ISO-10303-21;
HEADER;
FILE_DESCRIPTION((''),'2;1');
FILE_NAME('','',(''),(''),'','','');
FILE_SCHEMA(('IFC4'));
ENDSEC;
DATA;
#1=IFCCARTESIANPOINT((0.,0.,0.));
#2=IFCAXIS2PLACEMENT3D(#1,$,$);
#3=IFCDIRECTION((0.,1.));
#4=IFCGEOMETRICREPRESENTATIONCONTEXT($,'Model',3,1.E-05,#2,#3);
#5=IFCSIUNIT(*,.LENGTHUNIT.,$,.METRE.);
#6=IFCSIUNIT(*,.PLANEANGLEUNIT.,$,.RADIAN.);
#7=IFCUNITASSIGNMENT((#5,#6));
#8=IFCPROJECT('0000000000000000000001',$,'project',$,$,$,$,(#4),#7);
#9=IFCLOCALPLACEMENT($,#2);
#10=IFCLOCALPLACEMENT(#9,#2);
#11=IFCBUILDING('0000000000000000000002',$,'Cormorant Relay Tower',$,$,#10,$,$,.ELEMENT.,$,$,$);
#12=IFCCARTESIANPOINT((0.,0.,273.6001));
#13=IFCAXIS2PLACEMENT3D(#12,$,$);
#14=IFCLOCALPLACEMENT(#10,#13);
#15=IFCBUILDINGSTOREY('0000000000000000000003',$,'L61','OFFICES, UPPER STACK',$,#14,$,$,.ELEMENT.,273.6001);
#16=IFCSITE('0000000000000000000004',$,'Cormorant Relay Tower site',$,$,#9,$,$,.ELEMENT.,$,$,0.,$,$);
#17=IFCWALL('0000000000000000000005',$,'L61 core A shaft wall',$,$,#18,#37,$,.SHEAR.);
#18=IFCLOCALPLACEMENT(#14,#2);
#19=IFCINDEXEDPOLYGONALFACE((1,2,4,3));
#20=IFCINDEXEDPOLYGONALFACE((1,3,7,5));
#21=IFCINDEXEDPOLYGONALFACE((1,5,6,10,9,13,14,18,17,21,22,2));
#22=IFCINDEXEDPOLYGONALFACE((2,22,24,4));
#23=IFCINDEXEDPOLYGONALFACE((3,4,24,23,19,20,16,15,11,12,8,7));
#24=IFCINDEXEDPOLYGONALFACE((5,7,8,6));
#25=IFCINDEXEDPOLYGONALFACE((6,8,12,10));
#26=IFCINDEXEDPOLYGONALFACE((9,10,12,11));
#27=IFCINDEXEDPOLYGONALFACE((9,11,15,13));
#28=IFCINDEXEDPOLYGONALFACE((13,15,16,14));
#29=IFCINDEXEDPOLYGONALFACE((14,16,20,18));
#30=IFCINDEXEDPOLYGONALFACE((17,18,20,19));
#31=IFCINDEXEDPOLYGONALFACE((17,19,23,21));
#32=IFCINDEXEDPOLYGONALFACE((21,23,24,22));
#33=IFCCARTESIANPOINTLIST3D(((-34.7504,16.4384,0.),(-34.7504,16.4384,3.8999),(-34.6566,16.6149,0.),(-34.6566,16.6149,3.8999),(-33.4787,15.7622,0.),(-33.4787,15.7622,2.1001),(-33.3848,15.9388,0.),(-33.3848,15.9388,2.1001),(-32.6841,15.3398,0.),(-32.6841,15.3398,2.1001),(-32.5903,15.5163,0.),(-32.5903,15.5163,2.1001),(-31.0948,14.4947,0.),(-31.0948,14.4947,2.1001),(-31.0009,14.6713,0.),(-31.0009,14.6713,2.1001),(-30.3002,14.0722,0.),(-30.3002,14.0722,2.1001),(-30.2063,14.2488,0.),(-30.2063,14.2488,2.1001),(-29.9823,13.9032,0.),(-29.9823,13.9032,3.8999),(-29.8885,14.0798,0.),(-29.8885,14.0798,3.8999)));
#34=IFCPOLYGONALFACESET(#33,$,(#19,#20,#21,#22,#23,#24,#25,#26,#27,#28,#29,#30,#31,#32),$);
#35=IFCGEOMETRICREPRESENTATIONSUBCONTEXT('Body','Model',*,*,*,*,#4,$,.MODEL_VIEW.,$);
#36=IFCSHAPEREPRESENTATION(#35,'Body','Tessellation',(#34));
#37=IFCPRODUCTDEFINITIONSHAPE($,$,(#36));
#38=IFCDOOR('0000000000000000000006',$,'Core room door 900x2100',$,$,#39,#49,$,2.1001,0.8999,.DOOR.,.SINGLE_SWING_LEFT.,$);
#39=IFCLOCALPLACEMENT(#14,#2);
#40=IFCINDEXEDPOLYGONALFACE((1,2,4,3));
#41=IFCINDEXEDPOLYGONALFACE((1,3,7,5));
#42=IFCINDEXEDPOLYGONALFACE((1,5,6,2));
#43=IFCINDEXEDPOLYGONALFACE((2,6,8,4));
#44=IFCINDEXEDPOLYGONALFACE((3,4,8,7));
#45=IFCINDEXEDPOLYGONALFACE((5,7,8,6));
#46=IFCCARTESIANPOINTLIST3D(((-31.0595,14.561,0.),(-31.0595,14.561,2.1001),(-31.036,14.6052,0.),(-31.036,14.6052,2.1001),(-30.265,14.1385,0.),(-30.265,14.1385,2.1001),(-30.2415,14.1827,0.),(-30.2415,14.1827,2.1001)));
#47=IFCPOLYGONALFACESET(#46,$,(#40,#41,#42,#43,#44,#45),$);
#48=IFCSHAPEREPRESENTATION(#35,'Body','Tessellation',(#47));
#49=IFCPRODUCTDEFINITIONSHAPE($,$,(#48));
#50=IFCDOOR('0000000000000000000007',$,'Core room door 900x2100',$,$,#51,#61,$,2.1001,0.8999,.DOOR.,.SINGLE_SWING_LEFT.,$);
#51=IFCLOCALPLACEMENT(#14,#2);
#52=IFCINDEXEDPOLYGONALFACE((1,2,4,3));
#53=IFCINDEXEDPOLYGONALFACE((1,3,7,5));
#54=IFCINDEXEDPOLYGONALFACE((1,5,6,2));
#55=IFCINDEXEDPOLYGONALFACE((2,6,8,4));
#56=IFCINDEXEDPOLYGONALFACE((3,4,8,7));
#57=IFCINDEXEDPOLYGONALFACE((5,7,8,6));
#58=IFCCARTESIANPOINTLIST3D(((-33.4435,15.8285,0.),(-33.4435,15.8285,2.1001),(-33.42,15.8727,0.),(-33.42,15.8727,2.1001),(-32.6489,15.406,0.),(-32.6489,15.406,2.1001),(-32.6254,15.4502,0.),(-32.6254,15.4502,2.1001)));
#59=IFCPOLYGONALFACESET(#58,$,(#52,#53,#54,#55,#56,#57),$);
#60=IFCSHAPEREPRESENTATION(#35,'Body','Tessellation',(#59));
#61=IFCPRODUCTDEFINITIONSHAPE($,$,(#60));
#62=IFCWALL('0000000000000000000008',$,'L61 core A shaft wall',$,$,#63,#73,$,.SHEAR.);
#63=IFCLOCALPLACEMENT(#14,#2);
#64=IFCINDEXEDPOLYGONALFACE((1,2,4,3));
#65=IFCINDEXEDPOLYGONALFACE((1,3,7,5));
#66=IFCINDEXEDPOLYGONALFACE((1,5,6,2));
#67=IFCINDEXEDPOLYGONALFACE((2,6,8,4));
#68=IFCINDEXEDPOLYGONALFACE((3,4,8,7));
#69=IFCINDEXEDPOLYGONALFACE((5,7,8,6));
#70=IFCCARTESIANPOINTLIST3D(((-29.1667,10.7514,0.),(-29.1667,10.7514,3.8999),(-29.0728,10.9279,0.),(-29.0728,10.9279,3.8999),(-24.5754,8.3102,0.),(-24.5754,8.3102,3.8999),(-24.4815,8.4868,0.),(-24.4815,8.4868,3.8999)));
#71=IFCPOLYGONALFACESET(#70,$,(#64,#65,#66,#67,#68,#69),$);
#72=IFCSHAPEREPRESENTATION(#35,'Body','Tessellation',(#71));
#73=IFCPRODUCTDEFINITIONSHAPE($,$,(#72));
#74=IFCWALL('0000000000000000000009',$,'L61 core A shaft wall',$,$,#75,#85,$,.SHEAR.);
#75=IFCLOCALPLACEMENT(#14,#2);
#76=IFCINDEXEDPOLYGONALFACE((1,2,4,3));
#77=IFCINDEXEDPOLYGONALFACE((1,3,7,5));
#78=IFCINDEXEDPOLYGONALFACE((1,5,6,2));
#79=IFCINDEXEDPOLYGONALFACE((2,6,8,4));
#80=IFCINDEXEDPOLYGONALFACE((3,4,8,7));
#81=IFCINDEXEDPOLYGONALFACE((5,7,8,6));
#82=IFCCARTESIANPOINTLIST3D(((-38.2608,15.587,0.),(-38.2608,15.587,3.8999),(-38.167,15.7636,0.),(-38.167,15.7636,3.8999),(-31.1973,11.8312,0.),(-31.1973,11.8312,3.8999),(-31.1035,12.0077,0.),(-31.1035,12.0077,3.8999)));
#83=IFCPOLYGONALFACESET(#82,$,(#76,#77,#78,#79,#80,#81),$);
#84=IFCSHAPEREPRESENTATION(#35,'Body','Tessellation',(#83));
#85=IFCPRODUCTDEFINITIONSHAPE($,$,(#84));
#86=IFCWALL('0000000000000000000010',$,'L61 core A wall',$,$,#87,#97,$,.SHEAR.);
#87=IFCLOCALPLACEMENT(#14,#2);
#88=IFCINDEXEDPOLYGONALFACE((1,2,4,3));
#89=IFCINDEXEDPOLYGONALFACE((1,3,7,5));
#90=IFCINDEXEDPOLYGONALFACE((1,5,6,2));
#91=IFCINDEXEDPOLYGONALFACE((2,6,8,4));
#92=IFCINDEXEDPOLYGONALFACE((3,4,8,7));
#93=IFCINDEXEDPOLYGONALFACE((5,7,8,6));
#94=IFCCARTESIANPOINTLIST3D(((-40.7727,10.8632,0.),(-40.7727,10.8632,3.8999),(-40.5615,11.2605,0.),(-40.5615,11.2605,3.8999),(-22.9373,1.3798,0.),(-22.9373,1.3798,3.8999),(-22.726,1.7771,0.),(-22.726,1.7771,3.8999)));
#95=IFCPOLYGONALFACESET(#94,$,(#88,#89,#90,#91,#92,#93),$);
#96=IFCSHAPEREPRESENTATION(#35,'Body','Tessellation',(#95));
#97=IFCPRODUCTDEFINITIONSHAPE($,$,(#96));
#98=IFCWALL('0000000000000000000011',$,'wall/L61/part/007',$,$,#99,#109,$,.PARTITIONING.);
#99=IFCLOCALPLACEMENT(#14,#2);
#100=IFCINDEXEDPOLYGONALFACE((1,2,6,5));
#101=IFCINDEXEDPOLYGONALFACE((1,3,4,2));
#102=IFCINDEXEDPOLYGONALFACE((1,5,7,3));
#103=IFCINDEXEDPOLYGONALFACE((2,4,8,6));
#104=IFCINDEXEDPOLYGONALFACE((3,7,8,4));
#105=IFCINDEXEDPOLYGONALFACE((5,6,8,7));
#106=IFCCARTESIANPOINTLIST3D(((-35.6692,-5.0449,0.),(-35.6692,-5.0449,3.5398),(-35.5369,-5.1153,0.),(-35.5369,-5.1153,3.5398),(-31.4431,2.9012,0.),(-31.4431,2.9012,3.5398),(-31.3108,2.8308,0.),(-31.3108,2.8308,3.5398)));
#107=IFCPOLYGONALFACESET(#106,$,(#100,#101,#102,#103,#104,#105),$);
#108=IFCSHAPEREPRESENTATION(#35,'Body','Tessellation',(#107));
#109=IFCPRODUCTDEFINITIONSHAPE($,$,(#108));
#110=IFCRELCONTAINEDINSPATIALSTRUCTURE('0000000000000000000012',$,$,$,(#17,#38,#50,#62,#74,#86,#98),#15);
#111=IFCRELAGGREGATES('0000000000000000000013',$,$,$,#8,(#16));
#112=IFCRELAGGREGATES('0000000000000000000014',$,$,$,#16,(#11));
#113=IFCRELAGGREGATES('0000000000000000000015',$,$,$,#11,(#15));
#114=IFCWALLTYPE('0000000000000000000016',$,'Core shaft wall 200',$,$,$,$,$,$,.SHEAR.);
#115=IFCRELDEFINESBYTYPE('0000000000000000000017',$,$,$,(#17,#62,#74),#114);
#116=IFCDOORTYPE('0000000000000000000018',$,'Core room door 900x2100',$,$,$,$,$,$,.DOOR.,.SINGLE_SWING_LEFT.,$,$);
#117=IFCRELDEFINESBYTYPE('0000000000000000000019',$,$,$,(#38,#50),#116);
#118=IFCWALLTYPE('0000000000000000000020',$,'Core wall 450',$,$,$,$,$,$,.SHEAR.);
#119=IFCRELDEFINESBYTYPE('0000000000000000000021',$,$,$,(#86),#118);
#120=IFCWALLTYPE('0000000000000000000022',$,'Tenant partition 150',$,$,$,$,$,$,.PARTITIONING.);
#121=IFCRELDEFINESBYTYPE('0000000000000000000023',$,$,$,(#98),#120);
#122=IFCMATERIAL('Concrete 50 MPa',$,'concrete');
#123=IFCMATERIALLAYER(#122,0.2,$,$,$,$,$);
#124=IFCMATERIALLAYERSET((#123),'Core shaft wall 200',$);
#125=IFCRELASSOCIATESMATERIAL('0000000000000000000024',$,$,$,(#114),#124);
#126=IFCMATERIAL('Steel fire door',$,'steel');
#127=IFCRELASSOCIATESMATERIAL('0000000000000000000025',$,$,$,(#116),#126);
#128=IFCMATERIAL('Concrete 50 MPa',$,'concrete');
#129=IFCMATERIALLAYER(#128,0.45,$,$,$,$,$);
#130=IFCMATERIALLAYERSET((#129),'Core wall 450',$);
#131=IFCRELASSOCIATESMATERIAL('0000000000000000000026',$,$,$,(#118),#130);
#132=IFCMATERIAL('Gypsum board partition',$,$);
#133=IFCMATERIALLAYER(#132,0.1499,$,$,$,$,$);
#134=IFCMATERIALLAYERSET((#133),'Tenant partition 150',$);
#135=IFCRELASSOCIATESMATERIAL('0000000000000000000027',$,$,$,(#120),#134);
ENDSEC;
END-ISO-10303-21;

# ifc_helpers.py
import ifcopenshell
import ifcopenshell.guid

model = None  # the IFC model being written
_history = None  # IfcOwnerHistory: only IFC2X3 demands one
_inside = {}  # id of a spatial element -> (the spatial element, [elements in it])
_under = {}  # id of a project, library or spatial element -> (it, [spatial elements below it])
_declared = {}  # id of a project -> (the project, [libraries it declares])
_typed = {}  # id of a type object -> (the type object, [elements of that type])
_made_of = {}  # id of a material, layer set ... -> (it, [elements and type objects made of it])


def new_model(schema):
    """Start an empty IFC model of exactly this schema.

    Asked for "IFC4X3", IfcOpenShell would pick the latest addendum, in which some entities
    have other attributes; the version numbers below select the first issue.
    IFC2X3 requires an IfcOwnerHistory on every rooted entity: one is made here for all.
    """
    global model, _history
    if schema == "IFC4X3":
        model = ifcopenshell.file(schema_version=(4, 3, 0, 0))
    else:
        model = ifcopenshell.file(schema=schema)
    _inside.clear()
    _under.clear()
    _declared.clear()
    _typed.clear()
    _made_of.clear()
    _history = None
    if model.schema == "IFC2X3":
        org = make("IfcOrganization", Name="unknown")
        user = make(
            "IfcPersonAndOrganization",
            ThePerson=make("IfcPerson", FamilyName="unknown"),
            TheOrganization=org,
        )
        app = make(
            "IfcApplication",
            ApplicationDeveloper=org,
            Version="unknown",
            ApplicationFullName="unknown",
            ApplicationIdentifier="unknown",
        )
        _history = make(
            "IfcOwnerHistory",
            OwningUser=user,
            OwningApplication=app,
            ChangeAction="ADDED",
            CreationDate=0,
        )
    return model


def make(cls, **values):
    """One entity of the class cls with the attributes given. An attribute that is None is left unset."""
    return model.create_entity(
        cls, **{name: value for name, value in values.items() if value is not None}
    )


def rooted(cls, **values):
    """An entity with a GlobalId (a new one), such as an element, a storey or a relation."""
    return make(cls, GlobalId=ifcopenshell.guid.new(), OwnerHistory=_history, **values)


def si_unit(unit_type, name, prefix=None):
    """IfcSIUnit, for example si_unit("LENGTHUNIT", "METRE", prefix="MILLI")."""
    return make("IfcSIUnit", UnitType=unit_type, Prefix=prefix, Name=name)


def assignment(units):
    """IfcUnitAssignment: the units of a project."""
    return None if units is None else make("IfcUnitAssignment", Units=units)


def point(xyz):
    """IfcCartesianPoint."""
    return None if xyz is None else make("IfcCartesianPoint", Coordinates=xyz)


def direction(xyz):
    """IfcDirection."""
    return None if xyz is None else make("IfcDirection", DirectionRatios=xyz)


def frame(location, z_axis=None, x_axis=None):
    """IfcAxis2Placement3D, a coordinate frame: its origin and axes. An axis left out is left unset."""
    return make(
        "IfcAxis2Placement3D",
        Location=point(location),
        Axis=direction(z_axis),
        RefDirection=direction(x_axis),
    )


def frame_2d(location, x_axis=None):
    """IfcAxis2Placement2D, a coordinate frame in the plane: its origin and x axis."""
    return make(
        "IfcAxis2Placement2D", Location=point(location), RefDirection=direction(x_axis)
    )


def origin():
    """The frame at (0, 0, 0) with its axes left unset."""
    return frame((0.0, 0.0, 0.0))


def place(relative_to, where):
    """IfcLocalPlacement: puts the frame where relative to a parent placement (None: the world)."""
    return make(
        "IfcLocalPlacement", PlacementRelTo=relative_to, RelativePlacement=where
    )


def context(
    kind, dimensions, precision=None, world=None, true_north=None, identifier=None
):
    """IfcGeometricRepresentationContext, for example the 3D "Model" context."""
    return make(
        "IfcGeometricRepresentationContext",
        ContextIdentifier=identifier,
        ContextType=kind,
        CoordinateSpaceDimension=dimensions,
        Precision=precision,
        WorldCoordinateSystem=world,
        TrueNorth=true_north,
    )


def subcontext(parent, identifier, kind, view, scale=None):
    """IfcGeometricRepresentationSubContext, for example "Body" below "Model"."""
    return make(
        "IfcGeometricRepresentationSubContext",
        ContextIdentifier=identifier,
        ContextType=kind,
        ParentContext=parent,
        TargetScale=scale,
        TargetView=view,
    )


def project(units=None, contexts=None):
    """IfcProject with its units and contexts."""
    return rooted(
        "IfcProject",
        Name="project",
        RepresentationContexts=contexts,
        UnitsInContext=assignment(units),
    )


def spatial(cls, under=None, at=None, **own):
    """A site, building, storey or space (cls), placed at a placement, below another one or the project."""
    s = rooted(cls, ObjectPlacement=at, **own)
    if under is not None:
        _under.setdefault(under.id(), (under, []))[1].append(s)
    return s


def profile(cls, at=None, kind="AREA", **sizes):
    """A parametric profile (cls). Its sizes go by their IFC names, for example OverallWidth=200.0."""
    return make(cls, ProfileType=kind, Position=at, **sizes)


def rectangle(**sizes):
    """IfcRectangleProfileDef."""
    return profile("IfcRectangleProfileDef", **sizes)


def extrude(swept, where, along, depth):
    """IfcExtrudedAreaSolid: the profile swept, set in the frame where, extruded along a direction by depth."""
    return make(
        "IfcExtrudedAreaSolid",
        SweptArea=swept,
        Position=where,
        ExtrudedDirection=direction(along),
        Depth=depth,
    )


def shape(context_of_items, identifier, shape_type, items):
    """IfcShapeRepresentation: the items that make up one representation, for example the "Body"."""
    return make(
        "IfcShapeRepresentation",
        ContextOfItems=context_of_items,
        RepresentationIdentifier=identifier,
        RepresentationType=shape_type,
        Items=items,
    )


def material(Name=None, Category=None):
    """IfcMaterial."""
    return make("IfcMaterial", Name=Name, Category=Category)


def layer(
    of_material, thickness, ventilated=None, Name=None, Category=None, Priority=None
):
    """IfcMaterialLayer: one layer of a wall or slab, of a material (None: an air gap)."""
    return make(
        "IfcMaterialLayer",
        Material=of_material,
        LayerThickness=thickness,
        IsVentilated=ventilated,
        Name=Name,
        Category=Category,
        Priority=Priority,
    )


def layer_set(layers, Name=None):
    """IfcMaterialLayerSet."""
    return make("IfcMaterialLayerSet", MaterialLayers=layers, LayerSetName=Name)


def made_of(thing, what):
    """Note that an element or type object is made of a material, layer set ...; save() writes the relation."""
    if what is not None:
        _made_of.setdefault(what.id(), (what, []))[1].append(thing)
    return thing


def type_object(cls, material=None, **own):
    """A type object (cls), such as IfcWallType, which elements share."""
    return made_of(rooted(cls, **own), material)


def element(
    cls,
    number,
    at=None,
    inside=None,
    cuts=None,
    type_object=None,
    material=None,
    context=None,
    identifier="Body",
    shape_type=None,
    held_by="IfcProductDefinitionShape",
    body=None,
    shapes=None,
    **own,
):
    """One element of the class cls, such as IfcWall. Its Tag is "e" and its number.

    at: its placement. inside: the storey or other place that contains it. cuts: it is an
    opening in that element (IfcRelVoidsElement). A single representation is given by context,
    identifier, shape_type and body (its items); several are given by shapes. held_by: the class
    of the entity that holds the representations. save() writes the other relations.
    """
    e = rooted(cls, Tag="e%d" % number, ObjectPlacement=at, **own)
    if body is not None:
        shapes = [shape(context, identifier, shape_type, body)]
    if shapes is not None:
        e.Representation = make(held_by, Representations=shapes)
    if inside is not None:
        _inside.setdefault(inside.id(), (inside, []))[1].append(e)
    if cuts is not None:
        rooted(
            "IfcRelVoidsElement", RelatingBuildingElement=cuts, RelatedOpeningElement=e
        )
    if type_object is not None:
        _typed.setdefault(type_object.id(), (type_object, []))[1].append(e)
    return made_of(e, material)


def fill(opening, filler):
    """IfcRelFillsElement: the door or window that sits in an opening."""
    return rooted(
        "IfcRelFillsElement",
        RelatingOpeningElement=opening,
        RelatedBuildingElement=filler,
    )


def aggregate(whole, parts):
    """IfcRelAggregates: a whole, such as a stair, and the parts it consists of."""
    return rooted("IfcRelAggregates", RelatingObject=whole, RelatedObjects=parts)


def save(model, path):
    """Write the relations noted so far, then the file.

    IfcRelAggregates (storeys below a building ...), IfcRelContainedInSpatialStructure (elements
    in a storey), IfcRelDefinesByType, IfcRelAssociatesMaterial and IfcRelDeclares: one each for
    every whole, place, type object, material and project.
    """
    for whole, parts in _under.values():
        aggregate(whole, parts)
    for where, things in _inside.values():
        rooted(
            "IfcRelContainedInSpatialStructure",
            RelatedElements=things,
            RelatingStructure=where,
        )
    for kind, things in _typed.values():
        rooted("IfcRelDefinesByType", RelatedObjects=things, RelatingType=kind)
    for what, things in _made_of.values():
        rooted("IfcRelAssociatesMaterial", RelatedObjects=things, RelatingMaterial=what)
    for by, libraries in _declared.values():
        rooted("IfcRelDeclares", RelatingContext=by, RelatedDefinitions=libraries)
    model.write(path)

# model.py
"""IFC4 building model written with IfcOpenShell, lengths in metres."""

from ifc_helpers import new_model, si_unit, direction, frame, frame_2d, origin, place, context, subcontext, project, spatial, rectangle, extrude, material, layer, layer_set, type_object, element, fill, save


model = new_model("IFC4")

# Units and contexts
model_context = context("Model", 3, precision=1e-05, world=origin(), true_north=direction((0.0, 1.0)))
body_context = subcontext(model_context, "Body", "Model", "MODEL_VIEW")
ifc_project = project(units=[si_unit("LENGTHUNIT", "METRE"), si_unit("PLANEANGLEUNIT", "RADIAN")], contexts=[model_context])

# Site, building, storey
site_placement = place(None, origin())
site = spatial("IfcSite", under=ifc_project, at=site_placement, Name="Cormorant Relay Tower site", CompositionType="ELEMENT", RefElevation=0.0)
building_placement = place(site_placement, origin())
building = spatial("IfcBuilding", under=site, at=building_placement, Name="Cormorant Relay Tower", CompositionType="ELEMENT")
storey_placement = place(building_placement, frame((0.0, 0.0, 273.6001)))
storey = spatial("IfcBuildingStorey", under=building, at=storey_placement, Name="L61", Description="OFFICES, UPPER STACK", CompositionType="ELEMENT", Elevation=273.6001)

# Shared definitions
ifc_material_1 = material(Name="Concrete 50 MPa", Category="concrete")
ifc_layer_1 = layer(ifc_material_1, 0.2)
ifc_layer_set_1 = layer_set([ifc_layer_1], Name="Core shaft wall 200")
wall_type_1 = type_object("IfcWallType", Name="Core shaft wall 200", PredefinedType="SHEAR", material=ifc_layer_set_1)

# Shared definitions
ifc_material_2 = material(Name="Steel fire door", Category="steel")
door_type_1 = type_object("IfcDoorType", Name="Core room door 900x2100", OperationType="SINGLE_SWING_LEFT", PredefinedType="DOOR", material=ifc_material_2)

# Wall, openings, doors
wall_1_placement = place(storey_placement, frame((-29.9353, 13.9915, 0.0), z_axis=(0.0, 0.0, 1.0), x_axis=(-0.882953, 0.469462, 0.0)))
wall_1 = element("IfcWall", 1, at=wall_1_placement, inside=storey, type_object=wall_type_1, Name="L61 core A shaft wall", PredefinedType="SHEAR", context=body_context, shape_type="SweptSolid", body=[
    extrude(rectangle(XDim=5.4001, YDim=0.2, at=frame_2d((2.7002, 0.0))), origin(), (0.0, 0.0, 1.0), 3.8999),
])
opening_1_placement = place(wall_1_placement, frame((0.3601, 0.0, 0.0)))
opening_1 = element("IfcOpeningElement", 2, at=opening_1_placement, cuts=wall_1, PredefinedType="OPENING", context=body_context, shape_type="SweptSolid", body=[
    extrude(rectangle(XDim=0.8999, YDim=2.1001, at=frame_2d((0.45, 1.05))), frame((0.0, 0.1099, 0.0), z_axis=(0.0, -1.0, 0.0), x_axis=(1.0, 0.0, 0.0)), (0.0, 0.0, 1.0), 0.22),
])
opening_2_placement = place(wall_1_placement, frame((3.0601, 0.0, 0.0)))
opening_2 = element("IfcOpeningElement", 3, at=opening_2_placement, cuts=wall_1, PredefinedType="OPENING", context=body_context, shape_type="SweptSolid", body=[
    extrude(rectangle(XDim=0.8999, YDim=2.1001, at=frame_2d((0.45, 1.05))), frame((0.0, 0.1099, 0.0), z_axis=(0.0, -1.0, 0.0), x_axis=(1.0, 0.0, 0.0)), (0.0, 0.0, 1.0), 0.22),
])
door_1_placement = place(opening_1_placement, origin())
door_1 = element("IfcDoor", 4, at=door_1_placement, inside=storey, type_object=door_type_1, Name="Core room door 900x2100", OperationType="SINGLE_SWING_LEFT", OverallHeight=2.1001, OverallWidth=0.8999, PredefinedType="DOOR", context=body_context, shape_type="SweptSolid", body=[
    extrude(rectangle(XDim=0.8999, YDim=2.1001, at=frame_2d((0.45, 1.05))), frame((0.0, 0.0249, 0.0), z_axis=(0.0, -1.0, 0.0), x_axis=(1.0, 0.0, 0.0)), (0.0, 0.0, 1.0), 0.05),
])
fill(opening_1, door_1)
door_2_placement = place(opening_2_placement, origin())
door_2 = element("IfcDoor", 5, at=door_2_placement, inside=storey, type_object=door_type_1, Name="Core room door 900x2100", OperationType="SINGLE_SWING_LEFT", OverallHeight=2.1001, OverallWidth=0.8999, PredefinedType="DOOR", context=body_context, shape_type="SweptSolid", body=[
    extrude(rectangle(XDim=0.8999, YDim=2.1001, at=frame_2d((0.45, 1.05))), frame((0.0, 0.0249, 0.0), z_axis=(0.0, -1.0, 0.0), x_axis=(1.0, 0.0, 0.0)), (0.0, 0.0, 1.0), 0.05),
])
fill(opening_2, door_2)

# Walls
wall_2_placement = place(storey_placement, frame((-24.5283, 8.3984, 0.0), z_axis=(0.0, 0.0, 1.0), x_axis=(-0.882954, 0.46946, 0.0)))
element("IfcWall", 6, at=wall_2_placement, inside=storey, type_object=wall_type_1, Name="L61 core A shaft wall", PredefinedType="SHEAR", context=body_context, shape_type="SweptSolid", body=[
    extrude(rectangle(XDim=5.2, YDim=0.2, at=frame_2d((2.6001, 0.0))), origin(), (0.0, 0.0, 1.0), 3.8999),
])
wall_3_placement = place(storey_placement, frame((-31.1504, 11.9194, 0.0), z_axis=(0.0, 0.0, 1.0), x_axis=(-0.88294, 0.469485, 0.0)))
element("IfcWall", 7, at=wall_3_placement, inside=storey, type_object=wall_type_1, Name="L61 core A shaft wall", PredefinedType="SHEAR", context=body_context, shape_type="SweptSolid", body=[
    extrude(rectangle(XDim=8.0, YDim=0.2, at=frame_2d((4.0, 0.0))), origin(), (0.0, 0.0, 1.0), 3.8999),
])
ifc_material_3 = material(Name="Concrete 50 MPa", Category="concrete")
ifc_layer_2 = layer(ifc_material_3, 0.45)
ifc_layer_set_2 = layer_set([ifc_layer_2], Name="Core wall 450")
wall_type_2 = type_object("IfcWallType", Name="Core wall 450", PredefinedType="SHEAR", material=ifc_layer_set_2)
wall_4_placement = place(storey_placement, frame((-22.8315, 1.5784, 0.0), z_axis=(0.0, 0.0, 1.0), x_axis=(-0.882945, 0.469476, 0.0)))
element("IfcWall", 8, at=wall_4_placement, inside=storey, type_object=wall_type_2, Name="L61 core A wall", PredefinedType="SHEAR", context=body_context, shape_type="SweptSolid", body=[
    extrude(rectangle(XDim=20.2, YDim=0.45, at=frame_2d((10.1001, 0.0))), origin(), (0.0, 0.0, 1.0), 3.8999),
])
ifc_material_4 = material(Name="Gypsum board partition")
ifc_layer_3 = layer(ifc_material_4, 0.1499)
ifc_layer_set_3 = layer_set([ifc_layer_3], Name="Tenant partition 150")
wall_type_3 = type_object("IfcWallType", Name="Tenant partition 150", PredefinedType="PARTITIONING", material=ifc_layer_set_3)
wall_5_placement = place(storey_placement, frame((-31.377, 2.866, 0.0), z_axis=(0.0, 0.0, 1.0), x_axis=(-0.469566, -0.882898, 0.0)))
element("IfcWall", 9, at=wall_5_placement, inside=storey, type_object=wall_type_3, Name="wall/L61/part/007", PredefinedType="PARTITIONING", context=body_context, shape_type="SweptSolid", body=[
    extrude(rectangle(XDim=9.0, YDim=0.1499, at=frame_2d((4.5, 0.0))), origin(), (0.0, 0.0, 1.0), 3.5398),
])

save(model, "model.ifc")
